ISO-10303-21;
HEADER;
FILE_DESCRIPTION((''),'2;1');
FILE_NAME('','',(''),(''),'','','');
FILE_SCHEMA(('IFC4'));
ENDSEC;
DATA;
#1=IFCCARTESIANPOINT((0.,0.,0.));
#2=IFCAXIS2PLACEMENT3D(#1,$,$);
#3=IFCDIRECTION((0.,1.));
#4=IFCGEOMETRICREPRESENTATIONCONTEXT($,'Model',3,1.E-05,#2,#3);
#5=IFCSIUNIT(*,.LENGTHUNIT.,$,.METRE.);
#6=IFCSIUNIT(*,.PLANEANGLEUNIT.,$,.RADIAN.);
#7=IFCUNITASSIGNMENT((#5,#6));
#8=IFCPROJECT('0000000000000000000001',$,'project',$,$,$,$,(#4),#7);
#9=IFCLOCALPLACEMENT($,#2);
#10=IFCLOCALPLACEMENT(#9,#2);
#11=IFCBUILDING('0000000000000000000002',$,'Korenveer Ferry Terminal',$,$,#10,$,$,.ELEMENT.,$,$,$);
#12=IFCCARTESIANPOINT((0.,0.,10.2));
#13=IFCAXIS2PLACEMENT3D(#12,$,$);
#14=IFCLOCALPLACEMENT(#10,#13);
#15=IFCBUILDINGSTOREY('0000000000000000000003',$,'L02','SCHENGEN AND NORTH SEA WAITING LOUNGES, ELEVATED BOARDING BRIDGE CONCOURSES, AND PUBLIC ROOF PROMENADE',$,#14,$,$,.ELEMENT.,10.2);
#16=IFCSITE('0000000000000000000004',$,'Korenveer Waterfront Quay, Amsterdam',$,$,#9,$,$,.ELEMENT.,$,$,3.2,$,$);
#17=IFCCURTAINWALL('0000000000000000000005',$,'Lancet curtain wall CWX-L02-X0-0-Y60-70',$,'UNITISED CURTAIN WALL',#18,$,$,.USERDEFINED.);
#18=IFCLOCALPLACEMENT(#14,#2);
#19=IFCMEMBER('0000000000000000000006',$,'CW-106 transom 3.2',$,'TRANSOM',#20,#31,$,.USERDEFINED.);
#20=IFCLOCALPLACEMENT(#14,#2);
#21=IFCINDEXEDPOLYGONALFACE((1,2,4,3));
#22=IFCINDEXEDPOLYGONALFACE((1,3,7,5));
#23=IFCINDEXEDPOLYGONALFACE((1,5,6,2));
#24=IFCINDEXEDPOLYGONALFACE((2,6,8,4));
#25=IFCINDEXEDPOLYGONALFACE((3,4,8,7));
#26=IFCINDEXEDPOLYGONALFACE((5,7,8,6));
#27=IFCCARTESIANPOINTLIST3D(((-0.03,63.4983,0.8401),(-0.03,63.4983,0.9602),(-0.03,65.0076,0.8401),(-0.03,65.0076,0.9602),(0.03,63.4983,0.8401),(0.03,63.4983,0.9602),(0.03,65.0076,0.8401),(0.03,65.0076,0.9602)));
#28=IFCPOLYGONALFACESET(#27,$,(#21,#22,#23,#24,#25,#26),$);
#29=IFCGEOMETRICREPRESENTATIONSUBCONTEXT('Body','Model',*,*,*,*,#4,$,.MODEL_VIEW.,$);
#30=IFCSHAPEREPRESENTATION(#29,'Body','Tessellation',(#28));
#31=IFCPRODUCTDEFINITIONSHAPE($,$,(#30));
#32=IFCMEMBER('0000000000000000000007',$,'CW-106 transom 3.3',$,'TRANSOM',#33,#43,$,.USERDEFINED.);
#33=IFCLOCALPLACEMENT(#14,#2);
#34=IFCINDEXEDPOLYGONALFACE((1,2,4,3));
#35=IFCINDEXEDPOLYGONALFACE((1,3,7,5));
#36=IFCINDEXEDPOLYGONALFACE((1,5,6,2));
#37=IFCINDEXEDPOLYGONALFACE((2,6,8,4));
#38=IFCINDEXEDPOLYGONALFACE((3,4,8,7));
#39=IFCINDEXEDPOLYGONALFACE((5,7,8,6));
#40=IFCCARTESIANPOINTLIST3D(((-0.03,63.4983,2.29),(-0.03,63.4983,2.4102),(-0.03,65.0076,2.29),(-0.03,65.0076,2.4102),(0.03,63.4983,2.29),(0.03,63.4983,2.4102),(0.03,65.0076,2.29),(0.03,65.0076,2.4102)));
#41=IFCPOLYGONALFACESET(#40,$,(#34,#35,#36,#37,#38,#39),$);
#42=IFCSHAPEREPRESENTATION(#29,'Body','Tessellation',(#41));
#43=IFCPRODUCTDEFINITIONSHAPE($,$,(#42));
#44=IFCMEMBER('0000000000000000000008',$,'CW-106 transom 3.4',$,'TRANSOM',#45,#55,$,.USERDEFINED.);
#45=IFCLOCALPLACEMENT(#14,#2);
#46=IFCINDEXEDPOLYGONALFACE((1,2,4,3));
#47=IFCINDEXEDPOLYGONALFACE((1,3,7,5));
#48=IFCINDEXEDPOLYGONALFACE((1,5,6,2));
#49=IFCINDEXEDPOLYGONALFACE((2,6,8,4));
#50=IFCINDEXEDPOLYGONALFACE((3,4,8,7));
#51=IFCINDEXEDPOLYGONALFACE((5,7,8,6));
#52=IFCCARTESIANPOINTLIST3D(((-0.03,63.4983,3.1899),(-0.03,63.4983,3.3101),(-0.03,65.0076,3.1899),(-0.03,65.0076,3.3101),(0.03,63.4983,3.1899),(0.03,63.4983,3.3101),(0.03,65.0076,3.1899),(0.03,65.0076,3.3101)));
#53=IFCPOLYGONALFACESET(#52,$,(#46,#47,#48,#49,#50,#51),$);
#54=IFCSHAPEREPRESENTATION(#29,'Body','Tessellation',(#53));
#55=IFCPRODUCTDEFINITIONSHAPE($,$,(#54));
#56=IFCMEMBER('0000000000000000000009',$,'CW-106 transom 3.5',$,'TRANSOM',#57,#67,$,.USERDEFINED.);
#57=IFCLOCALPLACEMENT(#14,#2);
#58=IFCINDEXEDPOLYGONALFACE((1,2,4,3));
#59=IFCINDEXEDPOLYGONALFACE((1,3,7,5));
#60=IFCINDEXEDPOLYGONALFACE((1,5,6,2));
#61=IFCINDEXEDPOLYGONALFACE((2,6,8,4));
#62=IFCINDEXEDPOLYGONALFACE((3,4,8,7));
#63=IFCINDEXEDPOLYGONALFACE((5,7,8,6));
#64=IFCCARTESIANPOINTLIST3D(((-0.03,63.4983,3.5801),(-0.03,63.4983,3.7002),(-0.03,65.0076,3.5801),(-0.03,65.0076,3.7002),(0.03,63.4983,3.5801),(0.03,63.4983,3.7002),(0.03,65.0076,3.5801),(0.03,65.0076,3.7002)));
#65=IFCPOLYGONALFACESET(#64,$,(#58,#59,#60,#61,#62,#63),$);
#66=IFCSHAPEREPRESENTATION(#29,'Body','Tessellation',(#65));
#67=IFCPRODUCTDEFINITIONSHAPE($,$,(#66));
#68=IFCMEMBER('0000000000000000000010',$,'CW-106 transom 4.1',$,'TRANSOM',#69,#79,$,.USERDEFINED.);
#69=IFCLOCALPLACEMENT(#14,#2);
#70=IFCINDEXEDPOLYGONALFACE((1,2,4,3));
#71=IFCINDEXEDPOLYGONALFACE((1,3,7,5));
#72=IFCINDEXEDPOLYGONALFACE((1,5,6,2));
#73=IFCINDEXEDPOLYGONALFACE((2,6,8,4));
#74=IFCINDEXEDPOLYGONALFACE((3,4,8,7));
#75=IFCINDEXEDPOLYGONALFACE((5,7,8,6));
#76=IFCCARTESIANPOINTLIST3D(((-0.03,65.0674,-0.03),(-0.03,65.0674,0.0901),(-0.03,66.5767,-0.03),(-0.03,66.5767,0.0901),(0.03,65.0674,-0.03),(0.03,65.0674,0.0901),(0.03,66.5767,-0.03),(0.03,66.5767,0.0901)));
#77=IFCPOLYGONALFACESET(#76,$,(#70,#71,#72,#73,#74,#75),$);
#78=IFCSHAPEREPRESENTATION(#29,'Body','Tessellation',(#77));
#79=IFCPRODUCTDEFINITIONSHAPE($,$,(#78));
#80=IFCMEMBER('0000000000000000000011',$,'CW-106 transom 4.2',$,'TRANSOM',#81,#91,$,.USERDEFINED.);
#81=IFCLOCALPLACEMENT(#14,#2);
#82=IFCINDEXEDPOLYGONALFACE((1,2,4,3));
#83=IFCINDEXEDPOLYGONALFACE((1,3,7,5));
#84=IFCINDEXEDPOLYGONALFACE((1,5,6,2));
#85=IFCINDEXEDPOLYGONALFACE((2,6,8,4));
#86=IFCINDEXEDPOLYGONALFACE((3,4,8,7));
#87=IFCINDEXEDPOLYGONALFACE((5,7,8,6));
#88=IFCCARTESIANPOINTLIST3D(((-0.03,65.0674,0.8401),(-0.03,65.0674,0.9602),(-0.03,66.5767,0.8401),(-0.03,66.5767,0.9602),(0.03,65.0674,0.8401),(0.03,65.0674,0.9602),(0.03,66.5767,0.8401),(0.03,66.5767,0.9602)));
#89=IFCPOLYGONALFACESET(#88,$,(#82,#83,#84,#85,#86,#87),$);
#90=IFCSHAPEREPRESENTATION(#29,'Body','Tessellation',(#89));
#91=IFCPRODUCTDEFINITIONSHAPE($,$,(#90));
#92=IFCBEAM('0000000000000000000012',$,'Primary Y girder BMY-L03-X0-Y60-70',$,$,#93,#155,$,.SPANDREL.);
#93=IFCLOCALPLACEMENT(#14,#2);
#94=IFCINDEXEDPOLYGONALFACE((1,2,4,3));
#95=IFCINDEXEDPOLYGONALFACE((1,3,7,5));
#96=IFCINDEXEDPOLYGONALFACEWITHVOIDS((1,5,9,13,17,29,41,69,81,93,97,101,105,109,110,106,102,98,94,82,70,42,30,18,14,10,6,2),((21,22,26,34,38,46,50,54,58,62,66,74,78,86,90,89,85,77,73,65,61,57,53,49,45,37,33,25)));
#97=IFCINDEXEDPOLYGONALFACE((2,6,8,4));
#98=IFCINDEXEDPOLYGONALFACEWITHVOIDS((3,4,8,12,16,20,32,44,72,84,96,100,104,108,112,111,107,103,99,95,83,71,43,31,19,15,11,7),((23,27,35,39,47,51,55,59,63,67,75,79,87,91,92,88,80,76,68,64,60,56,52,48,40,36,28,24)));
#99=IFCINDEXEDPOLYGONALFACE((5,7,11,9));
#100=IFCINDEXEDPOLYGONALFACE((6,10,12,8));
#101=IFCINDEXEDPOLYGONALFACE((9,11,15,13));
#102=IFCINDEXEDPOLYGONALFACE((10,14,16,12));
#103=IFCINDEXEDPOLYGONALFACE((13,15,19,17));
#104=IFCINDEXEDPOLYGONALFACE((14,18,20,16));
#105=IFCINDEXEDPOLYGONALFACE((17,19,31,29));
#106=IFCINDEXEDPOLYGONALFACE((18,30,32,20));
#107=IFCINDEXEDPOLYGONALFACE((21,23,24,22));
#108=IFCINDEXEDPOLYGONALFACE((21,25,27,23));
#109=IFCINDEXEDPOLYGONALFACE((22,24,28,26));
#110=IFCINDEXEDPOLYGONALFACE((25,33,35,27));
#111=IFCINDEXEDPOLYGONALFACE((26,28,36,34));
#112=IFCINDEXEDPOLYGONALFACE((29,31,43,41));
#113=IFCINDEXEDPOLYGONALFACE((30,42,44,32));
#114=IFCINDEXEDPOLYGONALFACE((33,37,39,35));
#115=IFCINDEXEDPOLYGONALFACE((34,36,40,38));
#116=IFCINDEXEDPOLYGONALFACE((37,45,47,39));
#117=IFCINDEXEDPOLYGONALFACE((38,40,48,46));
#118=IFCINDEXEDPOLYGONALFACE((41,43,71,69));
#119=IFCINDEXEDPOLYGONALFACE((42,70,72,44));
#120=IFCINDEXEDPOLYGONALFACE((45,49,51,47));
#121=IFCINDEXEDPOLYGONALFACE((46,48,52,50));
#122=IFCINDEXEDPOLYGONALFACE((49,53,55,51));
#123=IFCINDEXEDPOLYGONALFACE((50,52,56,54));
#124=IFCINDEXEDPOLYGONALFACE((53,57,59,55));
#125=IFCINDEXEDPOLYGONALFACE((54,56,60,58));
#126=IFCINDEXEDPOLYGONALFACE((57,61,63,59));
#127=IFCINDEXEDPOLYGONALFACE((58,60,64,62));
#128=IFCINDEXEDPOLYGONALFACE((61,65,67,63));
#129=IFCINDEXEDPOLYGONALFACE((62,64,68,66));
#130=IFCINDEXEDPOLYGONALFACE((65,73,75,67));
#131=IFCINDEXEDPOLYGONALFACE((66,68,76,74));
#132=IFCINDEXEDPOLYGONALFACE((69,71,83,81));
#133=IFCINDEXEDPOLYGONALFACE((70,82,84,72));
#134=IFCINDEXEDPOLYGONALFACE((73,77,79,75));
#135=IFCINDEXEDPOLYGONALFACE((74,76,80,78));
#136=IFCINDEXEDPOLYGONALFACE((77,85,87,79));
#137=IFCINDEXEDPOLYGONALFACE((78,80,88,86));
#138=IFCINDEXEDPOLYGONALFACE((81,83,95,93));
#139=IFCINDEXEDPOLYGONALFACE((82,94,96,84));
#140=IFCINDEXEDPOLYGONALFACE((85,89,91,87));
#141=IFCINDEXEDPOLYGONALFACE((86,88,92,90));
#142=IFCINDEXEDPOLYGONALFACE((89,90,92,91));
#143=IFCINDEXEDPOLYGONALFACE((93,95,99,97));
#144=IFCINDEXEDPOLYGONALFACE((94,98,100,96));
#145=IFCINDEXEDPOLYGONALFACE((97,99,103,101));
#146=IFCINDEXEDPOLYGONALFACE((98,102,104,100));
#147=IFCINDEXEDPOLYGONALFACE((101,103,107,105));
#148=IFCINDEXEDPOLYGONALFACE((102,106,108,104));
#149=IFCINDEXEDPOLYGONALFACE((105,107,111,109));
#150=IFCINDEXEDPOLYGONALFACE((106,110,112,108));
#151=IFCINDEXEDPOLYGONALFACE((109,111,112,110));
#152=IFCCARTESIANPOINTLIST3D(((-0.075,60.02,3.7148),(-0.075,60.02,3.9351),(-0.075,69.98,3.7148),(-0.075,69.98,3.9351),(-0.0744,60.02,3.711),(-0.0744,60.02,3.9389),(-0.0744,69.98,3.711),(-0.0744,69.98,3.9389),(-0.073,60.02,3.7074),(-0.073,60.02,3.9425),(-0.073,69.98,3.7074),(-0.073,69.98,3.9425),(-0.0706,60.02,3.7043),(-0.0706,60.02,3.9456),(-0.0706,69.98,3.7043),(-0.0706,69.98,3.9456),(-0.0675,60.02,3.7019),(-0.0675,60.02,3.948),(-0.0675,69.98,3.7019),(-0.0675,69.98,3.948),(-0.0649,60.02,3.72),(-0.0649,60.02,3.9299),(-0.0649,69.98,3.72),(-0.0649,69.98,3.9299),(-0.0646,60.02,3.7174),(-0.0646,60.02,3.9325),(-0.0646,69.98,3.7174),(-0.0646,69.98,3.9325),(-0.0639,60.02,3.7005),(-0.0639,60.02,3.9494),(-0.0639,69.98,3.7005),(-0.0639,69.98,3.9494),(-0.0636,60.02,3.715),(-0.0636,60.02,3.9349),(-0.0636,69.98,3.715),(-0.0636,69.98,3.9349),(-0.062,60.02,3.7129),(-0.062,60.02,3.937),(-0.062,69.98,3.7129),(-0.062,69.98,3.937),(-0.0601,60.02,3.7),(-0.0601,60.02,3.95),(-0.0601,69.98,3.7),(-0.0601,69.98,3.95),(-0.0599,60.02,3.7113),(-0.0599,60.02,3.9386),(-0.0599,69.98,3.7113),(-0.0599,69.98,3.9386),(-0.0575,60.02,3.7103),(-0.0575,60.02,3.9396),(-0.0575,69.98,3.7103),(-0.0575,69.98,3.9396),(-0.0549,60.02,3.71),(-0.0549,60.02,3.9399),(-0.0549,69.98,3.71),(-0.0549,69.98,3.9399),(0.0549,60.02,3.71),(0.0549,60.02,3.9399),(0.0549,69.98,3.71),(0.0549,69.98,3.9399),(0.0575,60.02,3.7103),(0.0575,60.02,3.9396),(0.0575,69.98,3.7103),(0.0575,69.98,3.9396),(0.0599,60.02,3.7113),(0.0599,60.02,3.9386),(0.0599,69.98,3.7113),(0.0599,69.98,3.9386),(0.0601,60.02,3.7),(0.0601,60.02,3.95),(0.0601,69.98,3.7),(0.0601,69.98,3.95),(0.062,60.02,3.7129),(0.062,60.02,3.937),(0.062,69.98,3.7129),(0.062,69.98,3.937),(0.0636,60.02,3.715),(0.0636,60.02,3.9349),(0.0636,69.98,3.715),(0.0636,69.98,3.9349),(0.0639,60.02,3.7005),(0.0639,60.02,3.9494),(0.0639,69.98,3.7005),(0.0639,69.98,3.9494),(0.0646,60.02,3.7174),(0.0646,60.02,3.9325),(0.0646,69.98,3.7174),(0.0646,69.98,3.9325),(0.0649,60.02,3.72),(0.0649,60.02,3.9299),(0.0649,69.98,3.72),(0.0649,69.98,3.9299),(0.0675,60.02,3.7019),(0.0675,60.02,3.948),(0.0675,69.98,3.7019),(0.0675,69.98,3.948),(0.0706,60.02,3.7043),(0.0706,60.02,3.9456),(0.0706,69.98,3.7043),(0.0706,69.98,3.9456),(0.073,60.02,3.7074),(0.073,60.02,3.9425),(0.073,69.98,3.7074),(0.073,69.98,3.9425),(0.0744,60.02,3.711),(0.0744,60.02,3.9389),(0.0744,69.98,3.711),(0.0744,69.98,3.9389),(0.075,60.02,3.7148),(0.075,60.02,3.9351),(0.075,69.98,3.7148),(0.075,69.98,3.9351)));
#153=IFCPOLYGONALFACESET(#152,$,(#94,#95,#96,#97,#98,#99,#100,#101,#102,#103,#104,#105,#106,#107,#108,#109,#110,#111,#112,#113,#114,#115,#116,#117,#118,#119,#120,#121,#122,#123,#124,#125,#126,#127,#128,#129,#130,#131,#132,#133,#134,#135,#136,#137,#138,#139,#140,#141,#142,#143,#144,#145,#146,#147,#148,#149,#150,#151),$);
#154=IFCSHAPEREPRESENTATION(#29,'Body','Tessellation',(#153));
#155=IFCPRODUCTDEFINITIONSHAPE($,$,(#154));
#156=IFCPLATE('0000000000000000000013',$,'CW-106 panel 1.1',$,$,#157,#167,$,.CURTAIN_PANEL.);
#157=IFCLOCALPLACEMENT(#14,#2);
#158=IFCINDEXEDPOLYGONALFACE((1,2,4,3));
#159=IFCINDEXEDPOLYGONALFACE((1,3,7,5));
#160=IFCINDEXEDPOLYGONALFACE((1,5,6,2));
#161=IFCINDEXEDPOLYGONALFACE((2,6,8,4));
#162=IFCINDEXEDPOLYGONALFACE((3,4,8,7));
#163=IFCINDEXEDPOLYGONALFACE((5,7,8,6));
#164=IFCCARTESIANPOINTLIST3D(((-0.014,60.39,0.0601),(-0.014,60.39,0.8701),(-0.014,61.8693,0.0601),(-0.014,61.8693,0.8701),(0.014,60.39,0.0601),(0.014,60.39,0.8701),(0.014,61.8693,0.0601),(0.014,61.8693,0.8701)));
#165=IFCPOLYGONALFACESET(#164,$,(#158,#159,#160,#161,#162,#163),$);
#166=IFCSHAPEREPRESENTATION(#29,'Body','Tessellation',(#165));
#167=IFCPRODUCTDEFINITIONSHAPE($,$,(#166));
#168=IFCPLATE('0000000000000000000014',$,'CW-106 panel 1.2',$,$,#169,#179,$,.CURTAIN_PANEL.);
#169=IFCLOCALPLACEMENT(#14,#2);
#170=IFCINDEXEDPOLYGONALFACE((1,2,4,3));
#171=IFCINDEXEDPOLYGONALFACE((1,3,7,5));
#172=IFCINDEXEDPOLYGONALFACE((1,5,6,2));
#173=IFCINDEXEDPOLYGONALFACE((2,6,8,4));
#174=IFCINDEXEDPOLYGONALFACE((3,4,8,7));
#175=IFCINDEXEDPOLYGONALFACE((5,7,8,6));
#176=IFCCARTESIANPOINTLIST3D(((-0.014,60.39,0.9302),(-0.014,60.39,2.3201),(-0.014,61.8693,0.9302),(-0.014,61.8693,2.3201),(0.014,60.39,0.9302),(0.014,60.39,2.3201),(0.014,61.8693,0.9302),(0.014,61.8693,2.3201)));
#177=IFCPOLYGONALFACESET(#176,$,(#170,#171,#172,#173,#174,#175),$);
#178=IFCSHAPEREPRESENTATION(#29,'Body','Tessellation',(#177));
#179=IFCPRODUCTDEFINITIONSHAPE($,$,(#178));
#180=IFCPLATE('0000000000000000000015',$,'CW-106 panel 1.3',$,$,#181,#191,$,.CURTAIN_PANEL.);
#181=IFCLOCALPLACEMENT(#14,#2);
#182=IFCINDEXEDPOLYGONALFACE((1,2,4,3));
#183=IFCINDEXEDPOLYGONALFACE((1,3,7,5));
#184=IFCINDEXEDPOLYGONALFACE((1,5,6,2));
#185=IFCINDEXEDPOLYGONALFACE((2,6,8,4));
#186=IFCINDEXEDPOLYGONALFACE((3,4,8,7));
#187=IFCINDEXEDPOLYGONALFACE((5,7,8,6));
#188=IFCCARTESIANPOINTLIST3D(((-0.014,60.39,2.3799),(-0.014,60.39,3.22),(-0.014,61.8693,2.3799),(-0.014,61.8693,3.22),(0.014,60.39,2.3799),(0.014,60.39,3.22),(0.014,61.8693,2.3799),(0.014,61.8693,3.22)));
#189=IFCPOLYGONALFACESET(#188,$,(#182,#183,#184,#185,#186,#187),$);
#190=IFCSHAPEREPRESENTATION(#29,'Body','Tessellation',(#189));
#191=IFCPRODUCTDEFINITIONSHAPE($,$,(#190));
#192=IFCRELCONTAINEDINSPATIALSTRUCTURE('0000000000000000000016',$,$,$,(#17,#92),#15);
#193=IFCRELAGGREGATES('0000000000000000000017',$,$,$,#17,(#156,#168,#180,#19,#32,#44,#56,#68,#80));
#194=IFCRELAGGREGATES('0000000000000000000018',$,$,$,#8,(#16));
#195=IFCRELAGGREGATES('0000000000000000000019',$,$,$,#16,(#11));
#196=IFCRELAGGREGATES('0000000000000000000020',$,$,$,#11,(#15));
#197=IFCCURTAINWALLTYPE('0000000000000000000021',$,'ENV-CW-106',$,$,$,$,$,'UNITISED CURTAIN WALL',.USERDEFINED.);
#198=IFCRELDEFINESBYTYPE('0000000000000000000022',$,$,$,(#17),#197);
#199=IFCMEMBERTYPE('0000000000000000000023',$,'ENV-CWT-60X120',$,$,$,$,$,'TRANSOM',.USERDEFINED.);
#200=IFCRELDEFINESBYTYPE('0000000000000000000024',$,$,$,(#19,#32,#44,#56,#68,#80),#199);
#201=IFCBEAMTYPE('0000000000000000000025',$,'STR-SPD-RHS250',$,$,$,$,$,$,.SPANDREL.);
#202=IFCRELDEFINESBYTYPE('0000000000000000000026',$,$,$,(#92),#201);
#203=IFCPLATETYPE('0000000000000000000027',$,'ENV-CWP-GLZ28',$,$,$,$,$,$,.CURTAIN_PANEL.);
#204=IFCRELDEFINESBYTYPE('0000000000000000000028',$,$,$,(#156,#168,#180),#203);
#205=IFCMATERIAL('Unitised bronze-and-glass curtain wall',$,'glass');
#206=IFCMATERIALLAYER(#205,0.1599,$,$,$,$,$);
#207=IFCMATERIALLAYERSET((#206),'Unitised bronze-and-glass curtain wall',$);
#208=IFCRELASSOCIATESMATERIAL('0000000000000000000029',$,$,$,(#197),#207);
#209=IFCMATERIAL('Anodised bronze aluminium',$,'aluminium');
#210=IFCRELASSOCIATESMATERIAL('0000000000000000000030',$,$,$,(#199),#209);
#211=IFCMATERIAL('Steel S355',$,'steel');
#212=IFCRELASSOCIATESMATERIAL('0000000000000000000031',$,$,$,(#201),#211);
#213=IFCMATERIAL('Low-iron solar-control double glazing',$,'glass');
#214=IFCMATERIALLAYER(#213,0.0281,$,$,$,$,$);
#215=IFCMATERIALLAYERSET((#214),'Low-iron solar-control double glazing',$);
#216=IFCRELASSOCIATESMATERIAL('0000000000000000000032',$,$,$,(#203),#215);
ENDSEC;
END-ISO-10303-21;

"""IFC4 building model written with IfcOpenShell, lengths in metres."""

from ifc_helpers import new_model, si_unit, direction, frame, origin, origin_2d, place, context, subcontext, project, spatial, rectangle, hollow_rectangle, extrude, material, layer, layer_set, material_profile, profile_set, type_object, element, aggregate, save


model = new_model("IFC4")

# Units and contexts
model_context = context("Model", 3, precision=1e-05, world=origin(), true_north=direction((0.0, 1.0)))
body_context = subcontext(model_context, "Body", "Model", "MODEL_VIEW")
ifc_project = project(units=[si_unit("LENGTHUNIT", "METRE"), si_unit("PLANEANGLEUNIT", "RADIAN")], contexts=[model_context])

# Site, building, storey
site_placement = place(None, origin())
site = spatial("IfcSite", under=ifc_project, at=site_placement, Name="Korenveer Waterfront Quay, Amsterdam", CompositionType="ELEMENT", RefElevation=3.2)
building_placement = place(site_placement, origin())
building = spatial("IfcBuilding", under=site, at=building_placement, Name="Korenveer Ferry Terminal", CompositionType="ELEMENT")
storey_placement = place(building_placement, frame((0.0, 0.0, 10.2)))
storey = spatial("IfcBuildingStorey", under=building, at=storey_placement, Name="L02", Description="SCHENGEN AND NORTH SEA WAITING LOUNGES, ELEVATED BOARDING BRIDGE CONCOURSES, AND PUBLIC ROOF PROMENADE", CompositionType="ELEMENT", Elevation=10.2)

# Curtain wall, members
ifc_material_1 = material(Name="Unitised bronze-and-glass curtain wall", Category="glass")
ifc_layer_1 = layer(ifc_material_1, 0.1599)
ifc_layer_set_1 = layer_set([ifc_layer_1], Name="Unitised bronze-and-glass curtain wall")
curtain_wall_type = type_object("IfcCurtainWallType", Name="ENV-CW-106", ElementType="UNITISED CURTAIN WALL", PredefinedType="USERDEFINED", material=ifc_layer_set_1)
curtain_wall_placement = place(storey_placement, frame((0.0, 60.3301, 0.0)))
curtain_wall = element("IfcCurtainWall", 1, at=curtain_wall_placement, inside=storey, type_object=curtain_wall_type, Name="Lancet curtain wall CWX-L02-X0-0-Y60-70", ObjectType="UNITISED CURTAIN WALL", PredefinedType="USERDEFINED")
ifc_material_2 = material(Name="Anodised bronze aluminium", Category="aluminium")
ifc_material_profile_1 = material_profile(ifc_material_2, rectangle(XDim=0.0601, YDim=0.1201, at=origin_2d()), Name="ALU 60x120")
ifc_profile_set_1 = profile_set([ifc_material_profile_1], Name="Anodised bronze aluminium")
member_type_1 = type_object("IfcMemberType", Name="ENV-CWT-60X120", ElementType="TRANSOM", PredefinedType="USERDEFINED", material=ifc_profile_set_1)
member_1_placement = place(storey_placement, frame((0.0, 63.4983, 0.9001), z_axis=(0.0, 1.0, 0.0), x_axis=(-1.0, 0.0, 0.0)))
member_1 = element("IfcMember", 2, at=member_1_placement, type_object=member_type_1, Name="CW-106 transom 3.2", ObjectType="TRANSOM", PredefinedType="USERDEFINED", context=body_context, shape_type="SweptSolid", body=[
    extrude(rectangle(XDim=0.0601, YDim=0.1201, at=origin_2d()), origin(), (0.0, 0.0, 1.0), 1.5093),
])
member_2_placement = place(storey_placement, frame((0.0, 63.4983, 2.3501), z_axis=(0.0, 1.0, 0.0), x_axis=(-1.0, 0.0, 0.0)))
member_2 = element("IfcMember", 3, at=member_2_placement, type_object=member_type_1, Name="CW-106 transom 3.3", ObjectType="TRANSOM", PredefinedType="USERDEFINED", context=body_context, shape_type="SweptSolid", body=[
    extrude(rectangle(XDim=0.0601, YDim=0.1201, at=origin_2d()), origin(), (0.0, 0.0, 1.0), 1.5093),
])
member_3_placement = place(storey_placement, frame((0.0, 63.4983, 3.25), z_axis=(0.0, 1.0, 0.0), x_axis=(-1.0, 0.0, 0.0)))
member_3 = element("IfcMember", 4, at=member_3_placement, type_object=member_type_1, Name="CW-106 transom 3.4", ObjectType="TRANSOM", PredefinedType="USERDEFINED", context=body_context, shape_type="SweptSolid", body=[
    extrude(rectangle(XDim=0.0601, YDim=0.1201, at=origin_2d()), origin(), (0.0, 0.0, 1.0), 1.5093),
])
member_4_placement = place(storey_placement, frame((0.0, 63.4983, 3.6401), z_axis=(0.0, 1.0, 0.0), x_axis=(-1.0, 0.0, 0.0)))
member_4 = element("IfcMember", 5, at=member_4_placement, type_object=member_type_1, Name="CW-106 transom 3.5", ObjectType="TRANSOM", PredefinedType="USERDEFINED", context=body_context, shape_type="SweptSolid", body=[
    extrude(rectangle(XDim=0.0601, YDim=0.1201, at=origin_2d()), origin(), (0.0, 0.0, 1.0), 1.5093),
])
member_5_placement = place(storey_placement, frame((0.0, 65.0674, 0.03), z_axis=(0.0, 1.0, 0.0), x_axis=(-1.0, 0.0, 0.0)))
member_5 = element("IfcMember", 6, at=member_5_placement, type_object=member_type_1, Name="CW-106 transom 4.1", ObjectType="TRANSOM", PredefinedType="USERDEFINED", context=body_context, shape_type="SweptSolid", body=[
    extrude(rectangle(XDim=0.0601, YDim=0.1201, at=origin_2d()), origin(), (0.0, 0.0, 1.0), 1.5093),
])
member_6_placement = place(storey_placement, frame((0.0, 65.0674, 0.9001), z_axis=(0.0, 1.0, 0.0), x_axis=(-1.0, 0.0, 0.0)))
member_6 = element("IfcMember", 7, at=member_6_placement, type_object=member_type_1, Name="CW-106 transom 4.2", ObjectType="TRANSOM", PredefinedType="USERDEFINED", context=body_context, shape_type="SweptSolid", body=[
    extrude(rectangle(XDim=0.0601, YDim=0.1201, at=origin_2d()), origin(), (0.0, 0.0, 1.0), 1.5093),
])

# Beam
ifc_material_3 = material(Name="Steel S355", Category="steel")
ifc_material_profile_2 = material_profile(ifc_material_3, hollow_rectangle(XDim=0.1499, YDim=0.25, WallThickness=0.01, InnerFilletRadius=0.01, OuterFilletRadius=0.0149, at=origin_2d()), Name="RHS 250x150x10")
ifc_profile_set_2 = profile_set([ifc_material_profile_2], Name="Steel S355")
beam_type = type_object("IfcBeamType", Name="STR-SPD-RHS250", PredefinedType="SPANDREL", material=ifc_profile_set_2)
beam_placement = place(storey_placement, frame((0.0, 60.02, 3.825), z_axis=(0.0, 1.0, 0.0), x_axis=(-1.0, 0.0, 0.0)))
element("IfcBeam", 8, at=beam_placement, inside=storey, type_object=beam_type, Name="Primary Y girder BMY-L03-X0-Y60-70", PredefinedType="SPANDREL", context=body_context, shape_type="SweptSolid", body=[
    extrude(hollow_rectangle(XDim=0.1499, YDim=0.25, WallThickness=0.01, InnerFilletRadius=0.01, OuterFilletRadius=0.0149, at=origin_2d()), origin(), (0.0, 0.0, 1.0), 9.96),
])

# Plates
ifc_material_4 = material(Name="Low-iron solar-control double glazing", Category="glass")
ifc_layer_2 = layer(ifc_material_4, 0.0281)
ifc_layer_set_2 = layer_set([ifc_layer_2], Name="Low-iron solar-control double glazing")
plate_type = type_object("IfcPlateType", Name="ENV-CWP-GLZ28", PredefinedType="CURTAIN_PANEL", material=ifc_layer_set_2)
plate_1_placement = place(storey_placement, frame((0.0, 61.1296, 0.0601), z_axis=(0.0, 0.0, 1.0), x_axis=(0.0, 1.0, 0.0)))
plate_1 = element("IfcPlate", 9, at=plate_1_placement, type_object=plate_type, Name="CW-106 panel 1.1", PredefinedType="CURTAIN_PANEL", context=body_context, shape_type="SweptSolid", body=[
    extrude(rectangle(XDim=1.4792, YDim=0.0281, at=origin_2d()), origin(), (0.0, 0.0, 1.0), 0.8101),
])
plate_2_placement = place(storey_placement, frame((0.0, 61.1296, 0.9302), z_axis=(0.0, 0.0, 1.0), x_axis=(0.0, 1.0, 0.0)))
plate_2 = element("IfcPlate", 10, at=plate_2_placement, type_object=plate_type, Name="CW-106 panel 1.2", PredefinedType="CURTAIN_PANEL", context=body_context, shape_type="SweptSolid", body=[
    extrude(rectangle(XDim=1.4792, YDim=0.0281, at=origin_2d()), origin(), (0.0, 0.0, 1.0), 1.3899),
])
plate_3_placement = place(storey_placement, frame((0.0, 61.1296, 2.3799), z_axis=(0.0, 0.0, 1.0), x_axis=(0.0, 1.0, 0.0)))
plate_3 = element("IfcPlate", 11, at=plate_3_placement, type_object=plate_type, Name="CW-106 panel 1.3", PredefinedType="CURTAIN_PANEL", context=body_context, shape_type="SweptSolid", body=[
    extrude(rectangle(XDim=1.4792, YDim=0.0281, at=origin_2d()), origin(), (0.0, 0.0, 1.0), 0.8401),
])
aggregate(curtain_wall, [plate_1, plate_2, plate_3, member_1, member_2, member_3, member_4, member_5, member_6])

save(model, "model.ifc")
